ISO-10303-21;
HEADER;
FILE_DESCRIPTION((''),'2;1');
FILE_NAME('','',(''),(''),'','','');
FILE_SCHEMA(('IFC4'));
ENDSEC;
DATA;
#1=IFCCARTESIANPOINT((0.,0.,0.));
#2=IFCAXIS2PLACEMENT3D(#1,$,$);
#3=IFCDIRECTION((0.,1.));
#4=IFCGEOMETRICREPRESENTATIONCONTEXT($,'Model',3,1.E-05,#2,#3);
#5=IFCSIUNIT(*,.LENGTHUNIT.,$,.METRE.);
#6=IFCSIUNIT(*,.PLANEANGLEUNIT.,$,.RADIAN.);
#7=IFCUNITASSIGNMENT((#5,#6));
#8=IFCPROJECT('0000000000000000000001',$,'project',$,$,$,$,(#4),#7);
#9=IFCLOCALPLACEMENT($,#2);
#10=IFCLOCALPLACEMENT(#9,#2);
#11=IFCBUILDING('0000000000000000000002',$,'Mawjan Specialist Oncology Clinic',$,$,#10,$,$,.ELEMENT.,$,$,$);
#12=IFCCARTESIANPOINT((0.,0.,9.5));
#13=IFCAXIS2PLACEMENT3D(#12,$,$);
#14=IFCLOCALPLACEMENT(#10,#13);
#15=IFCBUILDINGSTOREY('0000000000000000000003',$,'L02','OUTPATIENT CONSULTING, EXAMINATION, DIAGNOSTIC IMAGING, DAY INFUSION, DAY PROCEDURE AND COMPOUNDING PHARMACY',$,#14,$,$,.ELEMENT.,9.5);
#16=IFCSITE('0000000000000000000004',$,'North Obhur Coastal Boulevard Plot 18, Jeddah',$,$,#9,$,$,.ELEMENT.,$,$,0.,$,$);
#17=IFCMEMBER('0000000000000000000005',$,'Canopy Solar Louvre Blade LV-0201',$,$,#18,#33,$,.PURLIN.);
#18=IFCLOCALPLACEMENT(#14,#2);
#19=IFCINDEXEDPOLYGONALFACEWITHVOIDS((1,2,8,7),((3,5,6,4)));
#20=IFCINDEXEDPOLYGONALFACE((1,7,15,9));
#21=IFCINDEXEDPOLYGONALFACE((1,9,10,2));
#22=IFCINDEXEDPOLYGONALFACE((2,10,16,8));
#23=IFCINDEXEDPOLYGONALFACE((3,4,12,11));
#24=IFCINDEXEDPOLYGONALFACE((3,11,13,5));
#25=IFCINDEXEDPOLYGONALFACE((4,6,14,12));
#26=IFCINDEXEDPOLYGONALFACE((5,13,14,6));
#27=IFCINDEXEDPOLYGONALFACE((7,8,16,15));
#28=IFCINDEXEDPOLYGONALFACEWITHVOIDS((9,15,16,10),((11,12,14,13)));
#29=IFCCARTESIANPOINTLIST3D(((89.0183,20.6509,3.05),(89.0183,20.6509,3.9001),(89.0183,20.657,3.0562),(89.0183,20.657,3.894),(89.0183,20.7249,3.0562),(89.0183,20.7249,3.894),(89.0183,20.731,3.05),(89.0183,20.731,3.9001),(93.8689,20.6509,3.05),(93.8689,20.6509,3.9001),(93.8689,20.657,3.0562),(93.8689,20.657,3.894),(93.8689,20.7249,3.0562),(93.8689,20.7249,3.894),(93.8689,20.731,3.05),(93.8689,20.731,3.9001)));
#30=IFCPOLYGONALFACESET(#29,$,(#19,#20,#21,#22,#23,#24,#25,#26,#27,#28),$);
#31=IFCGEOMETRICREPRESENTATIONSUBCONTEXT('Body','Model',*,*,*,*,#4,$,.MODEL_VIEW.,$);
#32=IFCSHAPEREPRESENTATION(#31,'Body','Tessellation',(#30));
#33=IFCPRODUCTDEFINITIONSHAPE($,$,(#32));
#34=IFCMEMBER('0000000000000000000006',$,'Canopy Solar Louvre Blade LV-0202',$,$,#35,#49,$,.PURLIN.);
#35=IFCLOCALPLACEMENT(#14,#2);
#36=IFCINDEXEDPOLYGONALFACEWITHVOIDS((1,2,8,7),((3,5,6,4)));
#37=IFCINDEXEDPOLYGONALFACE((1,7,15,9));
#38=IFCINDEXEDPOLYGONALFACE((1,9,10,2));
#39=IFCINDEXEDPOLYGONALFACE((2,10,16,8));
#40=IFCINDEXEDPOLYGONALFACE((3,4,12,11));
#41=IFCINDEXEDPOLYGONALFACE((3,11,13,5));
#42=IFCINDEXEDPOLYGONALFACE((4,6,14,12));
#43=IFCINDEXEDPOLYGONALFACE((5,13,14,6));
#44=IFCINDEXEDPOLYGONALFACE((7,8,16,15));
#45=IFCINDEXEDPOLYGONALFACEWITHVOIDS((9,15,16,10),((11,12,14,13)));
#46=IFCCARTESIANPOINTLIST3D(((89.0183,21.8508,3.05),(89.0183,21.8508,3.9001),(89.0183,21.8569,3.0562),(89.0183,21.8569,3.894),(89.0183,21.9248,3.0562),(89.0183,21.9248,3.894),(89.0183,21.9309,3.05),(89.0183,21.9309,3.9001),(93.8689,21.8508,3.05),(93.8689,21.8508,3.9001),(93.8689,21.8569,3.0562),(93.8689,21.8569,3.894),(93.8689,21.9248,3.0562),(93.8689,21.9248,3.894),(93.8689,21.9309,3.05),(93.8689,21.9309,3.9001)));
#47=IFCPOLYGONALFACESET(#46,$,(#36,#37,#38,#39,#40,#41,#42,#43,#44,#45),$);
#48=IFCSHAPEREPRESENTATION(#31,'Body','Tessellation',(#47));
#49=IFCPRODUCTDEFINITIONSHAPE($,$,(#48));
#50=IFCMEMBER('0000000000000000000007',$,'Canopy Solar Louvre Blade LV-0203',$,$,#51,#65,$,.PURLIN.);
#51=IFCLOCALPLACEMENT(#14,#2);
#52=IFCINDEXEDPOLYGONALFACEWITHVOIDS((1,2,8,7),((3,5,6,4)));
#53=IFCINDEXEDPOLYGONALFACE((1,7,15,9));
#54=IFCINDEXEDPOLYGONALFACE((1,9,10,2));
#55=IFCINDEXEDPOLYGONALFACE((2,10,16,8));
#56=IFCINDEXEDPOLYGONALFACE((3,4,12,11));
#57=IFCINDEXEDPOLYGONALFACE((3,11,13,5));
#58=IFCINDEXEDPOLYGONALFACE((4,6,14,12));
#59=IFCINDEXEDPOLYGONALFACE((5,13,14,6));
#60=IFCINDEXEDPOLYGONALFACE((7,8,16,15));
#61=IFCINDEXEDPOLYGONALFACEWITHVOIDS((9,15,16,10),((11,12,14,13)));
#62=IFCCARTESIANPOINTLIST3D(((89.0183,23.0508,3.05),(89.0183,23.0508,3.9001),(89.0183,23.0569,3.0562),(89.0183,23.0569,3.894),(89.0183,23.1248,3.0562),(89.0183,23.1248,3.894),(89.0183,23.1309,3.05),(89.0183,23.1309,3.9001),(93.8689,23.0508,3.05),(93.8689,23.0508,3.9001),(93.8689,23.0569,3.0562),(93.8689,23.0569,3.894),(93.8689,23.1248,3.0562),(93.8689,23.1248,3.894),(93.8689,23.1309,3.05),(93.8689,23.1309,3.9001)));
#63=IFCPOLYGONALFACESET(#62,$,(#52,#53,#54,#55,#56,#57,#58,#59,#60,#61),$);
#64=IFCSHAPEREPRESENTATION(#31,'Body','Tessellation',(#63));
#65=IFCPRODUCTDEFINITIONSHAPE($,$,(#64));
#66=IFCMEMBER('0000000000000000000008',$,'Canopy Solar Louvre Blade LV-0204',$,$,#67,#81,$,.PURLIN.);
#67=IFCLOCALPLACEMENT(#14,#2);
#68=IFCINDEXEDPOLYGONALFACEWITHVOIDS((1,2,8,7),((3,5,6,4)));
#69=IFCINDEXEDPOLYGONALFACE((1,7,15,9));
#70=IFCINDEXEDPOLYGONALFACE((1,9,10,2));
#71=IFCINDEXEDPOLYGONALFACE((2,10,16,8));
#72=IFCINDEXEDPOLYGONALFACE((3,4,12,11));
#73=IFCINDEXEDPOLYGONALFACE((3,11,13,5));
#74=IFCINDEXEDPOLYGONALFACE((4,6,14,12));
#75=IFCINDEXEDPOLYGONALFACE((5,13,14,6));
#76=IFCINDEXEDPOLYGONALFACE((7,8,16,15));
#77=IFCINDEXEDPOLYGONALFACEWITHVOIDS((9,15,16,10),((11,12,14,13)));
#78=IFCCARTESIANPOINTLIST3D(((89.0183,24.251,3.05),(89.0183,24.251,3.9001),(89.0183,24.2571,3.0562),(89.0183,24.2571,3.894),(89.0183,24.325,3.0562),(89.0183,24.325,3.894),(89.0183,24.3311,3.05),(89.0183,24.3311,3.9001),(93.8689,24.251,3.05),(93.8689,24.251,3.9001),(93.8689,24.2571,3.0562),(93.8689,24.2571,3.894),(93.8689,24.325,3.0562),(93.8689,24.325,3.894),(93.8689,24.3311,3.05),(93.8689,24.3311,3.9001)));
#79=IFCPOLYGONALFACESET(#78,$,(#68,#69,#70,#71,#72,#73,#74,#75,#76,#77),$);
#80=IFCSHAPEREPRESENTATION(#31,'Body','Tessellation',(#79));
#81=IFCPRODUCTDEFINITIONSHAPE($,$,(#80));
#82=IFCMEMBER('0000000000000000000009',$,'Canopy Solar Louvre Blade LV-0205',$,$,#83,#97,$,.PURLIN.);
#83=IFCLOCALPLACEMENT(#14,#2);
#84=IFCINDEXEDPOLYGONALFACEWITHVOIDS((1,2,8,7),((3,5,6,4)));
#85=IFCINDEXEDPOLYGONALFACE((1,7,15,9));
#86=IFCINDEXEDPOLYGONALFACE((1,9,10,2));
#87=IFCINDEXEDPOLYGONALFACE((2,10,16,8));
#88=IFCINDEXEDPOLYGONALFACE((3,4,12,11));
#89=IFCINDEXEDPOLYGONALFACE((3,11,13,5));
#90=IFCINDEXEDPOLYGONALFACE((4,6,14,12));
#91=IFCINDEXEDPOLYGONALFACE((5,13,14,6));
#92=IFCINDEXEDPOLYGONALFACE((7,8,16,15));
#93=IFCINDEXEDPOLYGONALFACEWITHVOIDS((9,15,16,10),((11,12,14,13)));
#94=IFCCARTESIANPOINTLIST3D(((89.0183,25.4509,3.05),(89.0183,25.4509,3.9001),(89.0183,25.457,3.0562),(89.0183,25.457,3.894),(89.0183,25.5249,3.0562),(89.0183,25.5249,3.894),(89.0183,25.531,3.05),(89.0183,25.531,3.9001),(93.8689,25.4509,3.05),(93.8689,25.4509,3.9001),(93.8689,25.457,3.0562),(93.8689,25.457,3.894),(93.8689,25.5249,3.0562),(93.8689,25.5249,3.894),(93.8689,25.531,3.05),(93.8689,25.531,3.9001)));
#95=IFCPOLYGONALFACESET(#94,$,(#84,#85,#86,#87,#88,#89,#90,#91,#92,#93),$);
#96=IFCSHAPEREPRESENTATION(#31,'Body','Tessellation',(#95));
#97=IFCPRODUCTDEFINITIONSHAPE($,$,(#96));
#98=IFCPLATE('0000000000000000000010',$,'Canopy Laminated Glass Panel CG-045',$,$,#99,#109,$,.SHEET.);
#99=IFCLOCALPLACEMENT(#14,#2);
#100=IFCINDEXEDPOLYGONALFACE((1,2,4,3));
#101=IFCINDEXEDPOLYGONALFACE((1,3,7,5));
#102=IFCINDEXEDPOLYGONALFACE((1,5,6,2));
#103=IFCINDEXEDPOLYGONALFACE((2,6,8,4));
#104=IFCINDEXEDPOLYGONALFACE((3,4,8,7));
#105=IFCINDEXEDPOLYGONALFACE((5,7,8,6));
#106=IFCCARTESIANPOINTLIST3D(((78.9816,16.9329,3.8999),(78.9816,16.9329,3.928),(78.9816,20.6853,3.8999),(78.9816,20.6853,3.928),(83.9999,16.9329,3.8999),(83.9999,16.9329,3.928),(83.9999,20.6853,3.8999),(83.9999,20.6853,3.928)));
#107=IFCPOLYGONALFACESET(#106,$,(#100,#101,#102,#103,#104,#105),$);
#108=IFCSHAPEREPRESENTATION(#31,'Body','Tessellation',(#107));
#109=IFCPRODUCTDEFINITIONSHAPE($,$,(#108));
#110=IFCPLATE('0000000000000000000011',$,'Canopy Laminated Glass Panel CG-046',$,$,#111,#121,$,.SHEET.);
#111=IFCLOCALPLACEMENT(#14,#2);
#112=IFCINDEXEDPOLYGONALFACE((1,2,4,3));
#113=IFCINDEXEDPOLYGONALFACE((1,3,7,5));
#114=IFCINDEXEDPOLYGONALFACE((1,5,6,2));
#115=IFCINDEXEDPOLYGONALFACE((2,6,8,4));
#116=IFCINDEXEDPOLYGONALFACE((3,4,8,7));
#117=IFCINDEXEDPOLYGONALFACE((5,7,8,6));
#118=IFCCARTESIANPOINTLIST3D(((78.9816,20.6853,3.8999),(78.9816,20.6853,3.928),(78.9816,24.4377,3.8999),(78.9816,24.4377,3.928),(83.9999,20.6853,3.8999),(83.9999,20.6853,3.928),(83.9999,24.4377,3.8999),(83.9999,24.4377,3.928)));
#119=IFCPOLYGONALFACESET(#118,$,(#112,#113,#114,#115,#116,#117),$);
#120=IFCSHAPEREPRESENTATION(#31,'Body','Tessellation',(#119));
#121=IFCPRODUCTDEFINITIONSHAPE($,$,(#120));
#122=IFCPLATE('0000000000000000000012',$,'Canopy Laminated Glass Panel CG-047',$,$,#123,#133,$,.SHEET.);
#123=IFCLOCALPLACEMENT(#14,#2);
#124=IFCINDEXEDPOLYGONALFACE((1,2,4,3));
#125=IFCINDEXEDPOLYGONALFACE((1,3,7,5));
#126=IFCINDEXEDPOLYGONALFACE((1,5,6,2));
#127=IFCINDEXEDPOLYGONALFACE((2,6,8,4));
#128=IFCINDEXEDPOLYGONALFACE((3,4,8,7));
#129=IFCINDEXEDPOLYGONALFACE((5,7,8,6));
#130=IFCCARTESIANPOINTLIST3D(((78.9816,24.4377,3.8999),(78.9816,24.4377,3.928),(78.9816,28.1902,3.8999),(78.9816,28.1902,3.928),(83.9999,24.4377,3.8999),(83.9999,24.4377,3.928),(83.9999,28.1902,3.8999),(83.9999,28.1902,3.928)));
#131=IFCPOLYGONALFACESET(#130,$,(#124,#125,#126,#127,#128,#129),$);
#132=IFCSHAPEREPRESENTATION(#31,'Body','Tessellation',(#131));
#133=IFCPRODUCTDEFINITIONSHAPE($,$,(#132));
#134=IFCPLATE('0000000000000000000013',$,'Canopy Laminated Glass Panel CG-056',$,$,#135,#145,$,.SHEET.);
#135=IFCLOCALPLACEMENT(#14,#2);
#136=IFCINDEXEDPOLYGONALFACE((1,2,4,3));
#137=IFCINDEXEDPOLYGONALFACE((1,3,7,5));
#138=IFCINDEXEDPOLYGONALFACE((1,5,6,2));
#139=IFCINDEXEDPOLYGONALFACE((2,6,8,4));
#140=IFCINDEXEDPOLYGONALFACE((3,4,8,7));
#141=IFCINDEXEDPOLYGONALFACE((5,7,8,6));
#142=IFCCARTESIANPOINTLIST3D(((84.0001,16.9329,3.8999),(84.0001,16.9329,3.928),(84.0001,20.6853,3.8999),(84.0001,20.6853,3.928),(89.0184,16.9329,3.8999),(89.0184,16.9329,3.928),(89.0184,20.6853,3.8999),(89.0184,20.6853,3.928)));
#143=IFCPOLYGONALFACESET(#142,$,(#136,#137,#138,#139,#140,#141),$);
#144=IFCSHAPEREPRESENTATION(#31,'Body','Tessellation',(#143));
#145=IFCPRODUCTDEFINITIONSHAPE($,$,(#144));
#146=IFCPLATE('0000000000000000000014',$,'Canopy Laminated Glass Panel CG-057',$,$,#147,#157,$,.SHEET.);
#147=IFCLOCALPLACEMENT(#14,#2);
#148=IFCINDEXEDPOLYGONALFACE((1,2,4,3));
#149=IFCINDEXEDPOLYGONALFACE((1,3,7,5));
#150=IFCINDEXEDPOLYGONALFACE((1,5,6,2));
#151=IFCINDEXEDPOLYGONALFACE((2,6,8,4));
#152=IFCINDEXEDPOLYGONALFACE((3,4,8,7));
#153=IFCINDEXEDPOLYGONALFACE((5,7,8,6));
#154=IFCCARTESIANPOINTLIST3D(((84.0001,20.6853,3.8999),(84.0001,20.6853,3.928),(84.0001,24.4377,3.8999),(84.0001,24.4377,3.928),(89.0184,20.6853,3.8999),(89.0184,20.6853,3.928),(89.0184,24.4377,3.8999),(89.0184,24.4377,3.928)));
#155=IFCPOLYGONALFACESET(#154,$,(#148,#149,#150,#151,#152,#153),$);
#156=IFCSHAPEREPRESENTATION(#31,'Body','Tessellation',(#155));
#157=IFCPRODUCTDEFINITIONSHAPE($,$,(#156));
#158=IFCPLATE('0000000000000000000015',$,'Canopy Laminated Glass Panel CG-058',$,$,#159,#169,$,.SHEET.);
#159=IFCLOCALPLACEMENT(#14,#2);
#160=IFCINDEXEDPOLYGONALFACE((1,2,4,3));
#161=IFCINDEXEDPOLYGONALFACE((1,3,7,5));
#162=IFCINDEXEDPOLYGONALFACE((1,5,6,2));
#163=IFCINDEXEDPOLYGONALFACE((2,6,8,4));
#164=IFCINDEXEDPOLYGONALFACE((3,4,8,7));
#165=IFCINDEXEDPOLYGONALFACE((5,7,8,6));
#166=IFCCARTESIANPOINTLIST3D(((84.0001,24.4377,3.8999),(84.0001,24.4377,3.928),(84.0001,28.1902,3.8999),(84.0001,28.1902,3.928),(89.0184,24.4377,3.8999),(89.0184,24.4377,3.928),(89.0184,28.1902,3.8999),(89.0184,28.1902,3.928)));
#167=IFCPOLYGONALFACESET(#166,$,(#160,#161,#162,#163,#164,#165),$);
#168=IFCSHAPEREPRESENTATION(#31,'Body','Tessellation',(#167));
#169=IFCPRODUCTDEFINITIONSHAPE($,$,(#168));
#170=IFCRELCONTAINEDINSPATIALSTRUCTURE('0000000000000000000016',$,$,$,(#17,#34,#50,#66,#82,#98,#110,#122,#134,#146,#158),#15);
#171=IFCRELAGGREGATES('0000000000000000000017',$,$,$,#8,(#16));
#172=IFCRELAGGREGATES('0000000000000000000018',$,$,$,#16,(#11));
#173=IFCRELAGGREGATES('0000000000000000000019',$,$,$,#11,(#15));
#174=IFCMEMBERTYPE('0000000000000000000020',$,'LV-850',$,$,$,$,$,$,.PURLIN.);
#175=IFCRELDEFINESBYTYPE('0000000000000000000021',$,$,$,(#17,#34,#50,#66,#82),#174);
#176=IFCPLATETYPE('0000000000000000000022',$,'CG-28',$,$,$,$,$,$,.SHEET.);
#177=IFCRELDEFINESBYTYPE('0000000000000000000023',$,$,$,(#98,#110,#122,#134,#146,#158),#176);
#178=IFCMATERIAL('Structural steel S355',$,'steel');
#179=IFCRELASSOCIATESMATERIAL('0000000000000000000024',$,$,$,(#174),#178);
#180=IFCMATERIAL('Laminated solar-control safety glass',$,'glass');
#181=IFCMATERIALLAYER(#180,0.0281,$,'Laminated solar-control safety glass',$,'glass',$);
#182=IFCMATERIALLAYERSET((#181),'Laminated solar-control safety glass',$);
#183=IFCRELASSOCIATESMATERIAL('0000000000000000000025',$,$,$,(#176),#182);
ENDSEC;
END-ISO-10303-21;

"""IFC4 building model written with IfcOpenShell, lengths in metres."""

from ifc_helpers import new_model, si_unit, direction, frame, origin, origin_2d, place, context, subcontext, project, spatial, rectangle, hollow_rectangle, extrude, material, layer, layer_set, material_profile, profile_set, type_object, element, save


model = new_model("IFC4")

# Units and contexts
model_context = context("Model", 3, precision=1e-05, world=origin(), true_north=direction((0.0, 1.0)))
body_context = subcontext(model_context, "Body", "Model", "MODEL_VIEW")
ifc_project = project(units=[si_unit("LENGTHUNIT", "METRE"), si_unit("PLANEANGLEUNIT", "RADIAN")], contexts=[model_context])

# Site, building, storey
site_placement = place(None, origin())
site = spatial("IfcSite", under=ifc_project, at=site_placement, Name="North Obhur Coastal Boulevard Plot 18, Jeddah", CompositionType="ELEMENT", RefElevation=0.0)
building_placement = place(site_placement, origin())
building = spatial("IfcBuilding", under=site, at=building_placement, Name="Mawjan Specialist Oncology Clinic", CompositionType="ELEMENT")
storey_placement = place(building_placement, frame((0.0, 0.0, 9.5)))
storey = spatial("IfcBuildingStorey", under=building, at=storey_placement, Name="L02", Description="OUTPATIENT CONSULTING, EXAMINATION, DIAGNOSTIC IMAGING, DAY INFUSION, DAY PROCEDURE AND COMPOUNDING PHARMACY", CompositionType="ELEMENT", Elevation=9.5)

# Members
ifc_material_1 = material(Name="Structural steel S355", Category="steel")
ifc_material_profile = material_profile(ifc_material_1, hollow_rectangle(XDim=0.0801, YDim=0.8501, WallThickness=0.0061, at=origin_2d()), Name="LOUVRE 850x80x6", Category="steel")
ifc_profile_set = profile_set([ifc_material_profile], Name="Structural steel S355")
member_type = type_object("IfcMemberType", Name="LV-850", PredefinedType="PURLIN", material=ifc_profile_set)
for number, where, z_axis, x_axis, name in (
    (1, (89.0183, 20.6909, 3.4751), (1.0, 0.0, 0.0), (0.0, 1.0, 0.0), "Canopy Solar Louvre Blade LV-0201"),
    (2, (89.0183, 21.8909, 3.4751), (1.0, 0.0, 0.0), (0.0, 1.0, 0.0), "Canopy Solar Louvre Blade LV-0202"),
    (3, (89.0183, 23.0908, 3.4751), (1.0, 0.0, 0.0), (0.0, 1.0, 0.0), "Canopy Solar Louvre Blade LV-0203"),
    (4, (89.0183, 24.291, 3.4751), (1.0, 0.0, 0.0), (0.0, 1.0, 0.0), "Canopy Solar Louvre Blade LV-0204"),
    (5, (89.0183, 25.491, 3.4751), (1.0, 0.0, 0.0), (0.0, 1.0, 0.0), "Canopy Solar Louvre Blade LV-0205"),
):
    element("IfcMember", number, at=place(storey_placement, frame(where, z_axis=z_axis, x_axis=x_axis)), inside=storey, type_object=member_type, Name=name, PredefinedType="PURLIN", context=body_context, shape_type="SweptSolid", body=[
        extrude(hollow_rectangle(XDim=0.0801, YDim=0.8501, WallThickness=0.0061, at=origin_2d()), origin(), (0.0, 0.0, 1.0), 4.8506),
    ])

# Plates
ifc_material_2 = material(Name="Laminated solar-control safety glass", Category="glass")
ifc_layer = layer(ifc_material_2, 0.0281, Name="Laminated solar-control safety glass", Category="glass")
ifc_layer_set = layer_set([ifc_layer], Name="Laminated solar-control safety glass")
plate_type = type_object("IfcPlateType", Name="CG-28", PredefinedType="SHEET", material=ifc_layer_set)
for number, where, z_axis, x_axis, name in (
    (6, (81.4907, 18.8091, 3.8999), (0.0, 0.0, 1.0), (1.0, 0.0, 0.0), "Canopy Laminated Glass Panel CG-045"),
    (7, (81.4907, 22.5615, 3.8999), (0.0, 0.0, 1.0), (1.0, 0.0, 0.0), "Canopy Laminated Glass Panel CG-046"),
    (8, (81.4907, 26.314, 3.8999), (0.0, 0.0, 1.0), (1.0, 0.0, 0.0), "Canopy Laminated Glass Panel CG-047"),
    (9, (86.5093, 18.8091, 3.8999), (0.0, 0.0, 1.0), (1.0, 0.0, 0.0), "Canopy Laminated Glass Panel CG-056"),
    (10, (86.5093, 22.5615, 3.8999), (0.0, 0.0, 1.0), (1.0, 0.0, 0.0), "Canopy Laminated Glass Panel CG-057"),
    (11, (86.5093, 26.314, 3.8999), (0.0, 0.0, 1.0), (1.0, 0.0, 0.0), "Canopy Laminated Glass Panel CG-058"),
):
    element("IfcPlate", number, at=place(storey_placement, frame(where, z_axis=z_axis, x_axis=x_axis)), inside=storey, type_object=plate_type, Name=name, PredefinedType="SHEET", context=body_context, shape_type="SweptSolid", body=[
        extrude(rectangle(XDim=5.0183, YDim=3.7524, at=origin_2d()), origin(), (0.0, 0.0, 1.0), 0.0281),
    ])

save(model, "model.ifc")
